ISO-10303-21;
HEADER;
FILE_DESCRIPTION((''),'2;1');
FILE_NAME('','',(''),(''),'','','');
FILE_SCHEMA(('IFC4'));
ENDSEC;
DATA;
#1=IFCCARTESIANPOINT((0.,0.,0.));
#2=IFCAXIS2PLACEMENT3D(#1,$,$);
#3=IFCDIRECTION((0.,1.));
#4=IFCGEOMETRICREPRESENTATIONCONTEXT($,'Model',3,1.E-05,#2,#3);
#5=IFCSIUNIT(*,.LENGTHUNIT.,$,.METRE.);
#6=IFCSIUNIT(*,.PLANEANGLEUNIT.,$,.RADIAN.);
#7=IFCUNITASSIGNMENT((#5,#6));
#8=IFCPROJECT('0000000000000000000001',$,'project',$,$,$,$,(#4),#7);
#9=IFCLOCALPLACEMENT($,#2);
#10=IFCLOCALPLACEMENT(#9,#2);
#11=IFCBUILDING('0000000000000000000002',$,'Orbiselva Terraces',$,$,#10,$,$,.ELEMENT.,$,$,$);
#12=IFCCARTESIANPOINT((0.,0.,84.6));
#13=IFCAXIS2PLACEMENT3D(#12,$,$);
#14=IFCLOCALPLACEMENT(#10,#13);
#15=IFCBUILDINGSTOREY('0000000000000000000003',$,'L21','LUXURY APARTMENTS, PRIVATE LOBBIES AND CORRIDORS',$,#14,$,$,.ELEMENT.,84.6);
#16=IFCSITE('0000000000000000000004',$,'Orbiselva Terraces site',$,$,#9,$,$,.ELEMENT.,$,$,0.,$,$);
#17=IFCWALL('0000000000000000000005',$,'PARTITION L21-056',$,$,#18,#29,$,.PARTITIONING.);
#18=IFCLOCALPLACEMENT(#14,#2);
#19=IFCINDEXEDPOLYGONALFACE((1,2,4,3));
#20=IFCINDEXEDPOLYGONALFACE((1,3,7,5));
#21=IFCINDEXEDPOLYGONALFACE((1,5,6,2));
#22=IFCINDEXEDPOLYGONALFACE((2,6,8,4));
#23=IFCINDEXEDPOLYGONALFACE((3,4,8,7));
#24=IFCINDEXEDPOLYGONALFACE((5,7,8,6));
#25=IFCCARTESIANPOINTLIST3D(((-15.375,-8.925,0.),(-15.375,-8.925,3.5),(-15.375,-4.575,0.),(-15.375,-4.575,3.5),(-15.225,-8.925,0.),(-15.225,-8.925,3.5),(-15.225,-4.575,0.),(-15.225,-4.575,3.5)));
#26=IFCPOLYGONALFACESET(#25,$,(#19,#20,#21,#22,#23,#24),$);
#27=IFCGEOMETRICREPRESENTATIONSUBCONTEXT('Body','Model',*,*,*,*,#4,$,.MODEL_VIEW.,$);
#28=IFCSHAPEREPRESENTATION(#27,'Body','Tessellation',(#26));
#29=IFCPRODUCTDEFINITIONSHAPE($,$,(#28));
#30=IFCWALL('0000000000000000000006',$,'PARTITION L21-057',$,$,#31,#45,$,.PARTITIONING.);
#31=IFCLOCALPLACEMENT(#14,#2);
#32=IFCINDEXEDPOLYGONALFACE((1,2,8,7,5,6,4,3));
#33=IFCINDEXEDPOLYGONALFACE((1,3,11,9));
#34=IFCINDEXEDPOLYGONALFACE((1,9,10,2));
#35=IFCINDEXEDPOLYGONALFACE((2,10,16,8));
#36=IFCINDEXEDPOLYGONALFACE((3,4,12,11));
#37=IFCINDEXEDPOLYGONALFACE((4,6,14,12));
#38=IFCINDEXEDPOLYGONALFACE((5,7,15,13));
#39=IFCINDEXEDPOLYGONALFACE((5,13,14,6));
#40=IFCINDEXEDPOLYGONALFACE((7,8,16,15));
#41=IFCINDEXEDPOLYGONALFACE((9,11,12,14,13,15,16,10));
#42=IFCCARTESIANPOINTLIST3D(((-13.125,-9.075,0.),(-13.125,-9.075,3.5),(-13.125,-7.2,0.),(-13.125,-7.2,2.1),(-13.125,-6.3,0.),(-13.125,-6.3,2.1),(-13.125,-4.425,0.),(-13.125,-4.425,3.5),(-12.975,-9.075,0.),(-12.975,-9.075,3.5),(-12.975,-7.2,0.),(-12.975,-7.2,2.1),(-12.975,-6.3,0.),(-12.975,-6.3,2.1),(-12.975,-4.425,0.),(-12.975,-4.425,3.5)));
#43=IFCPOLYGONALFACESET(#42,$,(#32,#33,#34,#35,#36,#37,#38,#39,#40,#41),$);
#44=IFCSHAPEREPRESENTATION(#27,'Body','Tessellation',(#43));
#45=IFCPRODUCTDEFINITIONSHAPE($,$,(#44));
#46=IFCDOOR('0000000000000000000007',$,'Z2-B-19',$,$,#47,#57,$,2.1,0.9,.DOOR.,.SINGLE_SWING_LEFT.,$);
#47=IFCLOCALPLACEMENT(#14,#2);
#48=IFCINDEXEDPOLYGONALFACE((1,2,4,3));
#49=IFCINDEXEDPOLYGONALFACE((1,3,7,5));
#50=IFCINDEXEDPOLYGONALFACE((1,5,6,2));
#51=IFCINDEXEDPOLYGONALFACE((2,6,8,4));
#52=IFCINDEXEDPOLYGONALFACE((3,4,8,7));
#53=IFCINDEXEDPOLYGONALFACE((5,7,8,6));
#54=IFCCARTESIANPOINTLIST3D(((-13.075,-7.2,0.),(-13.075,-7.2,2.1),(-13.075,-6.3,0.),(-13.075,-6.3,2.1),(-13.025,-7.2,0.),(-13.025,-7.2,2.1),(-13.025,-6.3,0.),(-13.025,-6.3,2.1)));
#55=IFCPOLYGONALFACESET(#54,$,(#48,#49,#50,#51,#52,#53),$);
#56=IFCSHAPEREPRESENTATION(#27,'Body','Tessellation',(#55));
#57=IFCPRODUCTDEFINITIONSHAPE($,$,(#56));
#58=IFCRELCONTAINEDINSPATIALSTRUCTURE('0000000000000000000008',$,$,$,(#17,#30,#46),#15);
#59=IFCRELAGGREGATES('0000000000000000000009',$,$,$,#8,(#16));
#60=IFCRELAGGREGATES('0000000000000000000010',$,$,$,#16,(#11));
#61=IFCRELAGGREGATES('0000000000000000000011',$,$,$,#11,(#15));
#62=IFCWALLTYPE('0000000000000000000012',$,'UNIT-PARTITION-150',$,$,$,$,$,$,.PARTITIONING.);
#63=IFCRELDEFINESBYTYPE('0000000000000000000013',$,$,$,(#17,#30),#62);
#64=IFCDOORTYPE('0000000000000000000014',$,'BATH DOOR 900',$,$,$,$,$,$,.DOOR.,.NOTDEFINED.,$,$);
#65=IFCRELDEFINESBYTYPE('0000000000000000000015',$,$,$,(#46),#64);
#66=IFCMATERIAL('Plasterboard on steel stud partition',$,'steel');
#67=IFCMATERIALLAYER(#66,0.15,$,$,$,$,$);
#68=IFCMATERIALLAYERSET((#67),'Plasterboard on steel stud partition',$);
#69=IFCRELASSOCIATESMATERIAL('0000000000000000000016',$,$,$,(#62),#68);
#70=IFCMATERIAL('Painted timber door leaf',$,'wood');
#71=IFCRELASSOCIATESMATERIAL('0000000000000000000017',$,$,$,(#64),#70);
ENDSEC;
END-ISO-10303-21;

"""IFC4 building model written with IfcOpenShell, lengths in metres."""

from ifc_helpers import new_model, si_unit, direction, frame, frame_2d, origin, place, context, subcontext, project, spatial, rectangle, extrude, material, layer, layer_set, type_object, element, fill, save


model = new_model("IFC4")

# Units and contexts
model_context = context("Model", 3, precision=1e-05, world=origin(), true_north=direction((0.0, 1.0)))
body_context = subcontext(model_context, "Body", "Model", "MODEL_VIEW")
ifc_project = project(units=[si_unit("LENGTHUNIT", "METRE"), si_unit("PLANEANGLEUNIT", "RADIAN")], contexts=[model_context])

# Site, building, storey
site_placement = place(None, origin())
site = spatial("IfcSite", under=ifc_project, at=site_placement, Name="Orbiselva Terraces site", CompositionType="ELEMENT", RefElevation=0.0)
building_placement = place(site_placement, origin())
building = spatial("IfcBuilding", under=site, at=building_placement, Name="Orbiselva Terraces", CompositionType="ELEMENT")
storey_placement = place(building_placement, frame((0.0, 0.0, 84.6)))
storey = spatial("IfcBuildingStorey", under=building, at=storey_placement, Name="L21", Description="LUXURY APARTMENTS, PRIVATE LOBBIES AND CORRIDORS", CompositionType="ELEMENT", Elevation=84.6)

# Shared definitions
ifc_material_1 = material(Name="Plasterboard on steel stud partition", Category="steel")
ifc_layer_1 = layer(ifc_material_1, 0.15)
ifc_layer_set_1 = layer_set([ifc_layer_1], Name="Plasterboard on steel stud partition")
wall_type_1 = type_object("IfcWallType", Name="UNIT-PARTITION-150", PredefinedType="PARTITIONING", material=ifc_layer_set_1)

# Shared definitions
ifc_material_2 = material(Name="Painted timber door leaf", Category="wood")

# Wall
for number, where, z_axis, x_axis, name in (
    (1, (-15.3, -8.925, 0.0), (0.0, 0.0, 1.0), (0.0, 1.0, 0.0), "PARTITION L21-056"),
):
    element("IfcWall", number, at=place(storey_placement, frame(where, z_axis=z_axis, x_axis=x_axis)), inside=storey, type_object=wall_type_1, Name=name, PredefinedType="PARTITIONING", context=body_context, shape_type="SweptSolid", body=[
        extrude(rectangle(XDim=4.35, YDim=0.15, at=frame_2d((2.175, 0.0))), origin(), (0.0, 0.0, 1.0), 3.5),
    ])

# Wall, opening, door
wall_1_placement = place(storey_placement, frame((-13.05, -9.075, 0.0), z_axis=(0.0, 0.0, 1.0), x_axis=(0.0, 1.0, 0.0)))
wall_1 = element("IfcWall", 2, at=wall_1_placement, inside=storey, type_object=wall_type_1, Name="PARTITION L21-057", PredefinedType="PARTITIONING", context=body_context, shape_type="SweptSolid", body=[
    extrude(rectangle(XDim=4.65, YDim=0.15, at=frame_2d((2.325, 0.0))), origin(), (0.0, 0.0, 1.0), 3.5),
])
opening_1_placement = place(wall_1_placement, frame((1.875, 0.0, 0.0)))
opening_1 = element("IfcOpeningElement", 3, at=opening_1_placement, cuts=wall_1, PredefinedType="OPENING", context=body_context, shape_type="SweptSolid", body=[
    extrude(rectangle(XDim=0.9, YDim=2.1, at=frame_2d((0.45, 1.05))), frame((0.0, 0.085, 0.0), z_axis=(0.0, -1.0, 0.0), x_axis=(1.0, 0.0, 0.0)), (0.0, 0.0, 1.0), 0.17),
])
door_type_1 = type_object("IfcDoorType", Name="BATH DOOR 900", OperationType="NOTDEFINED", PredefinedType="DOOR", material=ifc_material_2)
door_1_placement = place(opening_1_placement, origin())
door_1 = element("IfcDoor", 4, at=door_1_placement, inside=storey, type_object=door_type_1, Name="Z2-B-19", OperationType="SINGLE_SWING_LEFT", OverallHeight=2.1, OverallWidth=0.9, PredefinedType="DOOR", context=body_context, shape_type="SweptSolid", body=[
    extrude(rectangle(XDim=0.9, YDim=2.1, at=frame_2d((0.45, 1.05))), frame((0.0, 0.025, 0.0), z_axis=(0.0, -1.0, 0.0), x_axis=(1.0, 0.0, 0.0)), (0.0, 0.0, 1.0), 0.05),
])
fill(opening_1, door_1)

save(model, "model.ifc")
